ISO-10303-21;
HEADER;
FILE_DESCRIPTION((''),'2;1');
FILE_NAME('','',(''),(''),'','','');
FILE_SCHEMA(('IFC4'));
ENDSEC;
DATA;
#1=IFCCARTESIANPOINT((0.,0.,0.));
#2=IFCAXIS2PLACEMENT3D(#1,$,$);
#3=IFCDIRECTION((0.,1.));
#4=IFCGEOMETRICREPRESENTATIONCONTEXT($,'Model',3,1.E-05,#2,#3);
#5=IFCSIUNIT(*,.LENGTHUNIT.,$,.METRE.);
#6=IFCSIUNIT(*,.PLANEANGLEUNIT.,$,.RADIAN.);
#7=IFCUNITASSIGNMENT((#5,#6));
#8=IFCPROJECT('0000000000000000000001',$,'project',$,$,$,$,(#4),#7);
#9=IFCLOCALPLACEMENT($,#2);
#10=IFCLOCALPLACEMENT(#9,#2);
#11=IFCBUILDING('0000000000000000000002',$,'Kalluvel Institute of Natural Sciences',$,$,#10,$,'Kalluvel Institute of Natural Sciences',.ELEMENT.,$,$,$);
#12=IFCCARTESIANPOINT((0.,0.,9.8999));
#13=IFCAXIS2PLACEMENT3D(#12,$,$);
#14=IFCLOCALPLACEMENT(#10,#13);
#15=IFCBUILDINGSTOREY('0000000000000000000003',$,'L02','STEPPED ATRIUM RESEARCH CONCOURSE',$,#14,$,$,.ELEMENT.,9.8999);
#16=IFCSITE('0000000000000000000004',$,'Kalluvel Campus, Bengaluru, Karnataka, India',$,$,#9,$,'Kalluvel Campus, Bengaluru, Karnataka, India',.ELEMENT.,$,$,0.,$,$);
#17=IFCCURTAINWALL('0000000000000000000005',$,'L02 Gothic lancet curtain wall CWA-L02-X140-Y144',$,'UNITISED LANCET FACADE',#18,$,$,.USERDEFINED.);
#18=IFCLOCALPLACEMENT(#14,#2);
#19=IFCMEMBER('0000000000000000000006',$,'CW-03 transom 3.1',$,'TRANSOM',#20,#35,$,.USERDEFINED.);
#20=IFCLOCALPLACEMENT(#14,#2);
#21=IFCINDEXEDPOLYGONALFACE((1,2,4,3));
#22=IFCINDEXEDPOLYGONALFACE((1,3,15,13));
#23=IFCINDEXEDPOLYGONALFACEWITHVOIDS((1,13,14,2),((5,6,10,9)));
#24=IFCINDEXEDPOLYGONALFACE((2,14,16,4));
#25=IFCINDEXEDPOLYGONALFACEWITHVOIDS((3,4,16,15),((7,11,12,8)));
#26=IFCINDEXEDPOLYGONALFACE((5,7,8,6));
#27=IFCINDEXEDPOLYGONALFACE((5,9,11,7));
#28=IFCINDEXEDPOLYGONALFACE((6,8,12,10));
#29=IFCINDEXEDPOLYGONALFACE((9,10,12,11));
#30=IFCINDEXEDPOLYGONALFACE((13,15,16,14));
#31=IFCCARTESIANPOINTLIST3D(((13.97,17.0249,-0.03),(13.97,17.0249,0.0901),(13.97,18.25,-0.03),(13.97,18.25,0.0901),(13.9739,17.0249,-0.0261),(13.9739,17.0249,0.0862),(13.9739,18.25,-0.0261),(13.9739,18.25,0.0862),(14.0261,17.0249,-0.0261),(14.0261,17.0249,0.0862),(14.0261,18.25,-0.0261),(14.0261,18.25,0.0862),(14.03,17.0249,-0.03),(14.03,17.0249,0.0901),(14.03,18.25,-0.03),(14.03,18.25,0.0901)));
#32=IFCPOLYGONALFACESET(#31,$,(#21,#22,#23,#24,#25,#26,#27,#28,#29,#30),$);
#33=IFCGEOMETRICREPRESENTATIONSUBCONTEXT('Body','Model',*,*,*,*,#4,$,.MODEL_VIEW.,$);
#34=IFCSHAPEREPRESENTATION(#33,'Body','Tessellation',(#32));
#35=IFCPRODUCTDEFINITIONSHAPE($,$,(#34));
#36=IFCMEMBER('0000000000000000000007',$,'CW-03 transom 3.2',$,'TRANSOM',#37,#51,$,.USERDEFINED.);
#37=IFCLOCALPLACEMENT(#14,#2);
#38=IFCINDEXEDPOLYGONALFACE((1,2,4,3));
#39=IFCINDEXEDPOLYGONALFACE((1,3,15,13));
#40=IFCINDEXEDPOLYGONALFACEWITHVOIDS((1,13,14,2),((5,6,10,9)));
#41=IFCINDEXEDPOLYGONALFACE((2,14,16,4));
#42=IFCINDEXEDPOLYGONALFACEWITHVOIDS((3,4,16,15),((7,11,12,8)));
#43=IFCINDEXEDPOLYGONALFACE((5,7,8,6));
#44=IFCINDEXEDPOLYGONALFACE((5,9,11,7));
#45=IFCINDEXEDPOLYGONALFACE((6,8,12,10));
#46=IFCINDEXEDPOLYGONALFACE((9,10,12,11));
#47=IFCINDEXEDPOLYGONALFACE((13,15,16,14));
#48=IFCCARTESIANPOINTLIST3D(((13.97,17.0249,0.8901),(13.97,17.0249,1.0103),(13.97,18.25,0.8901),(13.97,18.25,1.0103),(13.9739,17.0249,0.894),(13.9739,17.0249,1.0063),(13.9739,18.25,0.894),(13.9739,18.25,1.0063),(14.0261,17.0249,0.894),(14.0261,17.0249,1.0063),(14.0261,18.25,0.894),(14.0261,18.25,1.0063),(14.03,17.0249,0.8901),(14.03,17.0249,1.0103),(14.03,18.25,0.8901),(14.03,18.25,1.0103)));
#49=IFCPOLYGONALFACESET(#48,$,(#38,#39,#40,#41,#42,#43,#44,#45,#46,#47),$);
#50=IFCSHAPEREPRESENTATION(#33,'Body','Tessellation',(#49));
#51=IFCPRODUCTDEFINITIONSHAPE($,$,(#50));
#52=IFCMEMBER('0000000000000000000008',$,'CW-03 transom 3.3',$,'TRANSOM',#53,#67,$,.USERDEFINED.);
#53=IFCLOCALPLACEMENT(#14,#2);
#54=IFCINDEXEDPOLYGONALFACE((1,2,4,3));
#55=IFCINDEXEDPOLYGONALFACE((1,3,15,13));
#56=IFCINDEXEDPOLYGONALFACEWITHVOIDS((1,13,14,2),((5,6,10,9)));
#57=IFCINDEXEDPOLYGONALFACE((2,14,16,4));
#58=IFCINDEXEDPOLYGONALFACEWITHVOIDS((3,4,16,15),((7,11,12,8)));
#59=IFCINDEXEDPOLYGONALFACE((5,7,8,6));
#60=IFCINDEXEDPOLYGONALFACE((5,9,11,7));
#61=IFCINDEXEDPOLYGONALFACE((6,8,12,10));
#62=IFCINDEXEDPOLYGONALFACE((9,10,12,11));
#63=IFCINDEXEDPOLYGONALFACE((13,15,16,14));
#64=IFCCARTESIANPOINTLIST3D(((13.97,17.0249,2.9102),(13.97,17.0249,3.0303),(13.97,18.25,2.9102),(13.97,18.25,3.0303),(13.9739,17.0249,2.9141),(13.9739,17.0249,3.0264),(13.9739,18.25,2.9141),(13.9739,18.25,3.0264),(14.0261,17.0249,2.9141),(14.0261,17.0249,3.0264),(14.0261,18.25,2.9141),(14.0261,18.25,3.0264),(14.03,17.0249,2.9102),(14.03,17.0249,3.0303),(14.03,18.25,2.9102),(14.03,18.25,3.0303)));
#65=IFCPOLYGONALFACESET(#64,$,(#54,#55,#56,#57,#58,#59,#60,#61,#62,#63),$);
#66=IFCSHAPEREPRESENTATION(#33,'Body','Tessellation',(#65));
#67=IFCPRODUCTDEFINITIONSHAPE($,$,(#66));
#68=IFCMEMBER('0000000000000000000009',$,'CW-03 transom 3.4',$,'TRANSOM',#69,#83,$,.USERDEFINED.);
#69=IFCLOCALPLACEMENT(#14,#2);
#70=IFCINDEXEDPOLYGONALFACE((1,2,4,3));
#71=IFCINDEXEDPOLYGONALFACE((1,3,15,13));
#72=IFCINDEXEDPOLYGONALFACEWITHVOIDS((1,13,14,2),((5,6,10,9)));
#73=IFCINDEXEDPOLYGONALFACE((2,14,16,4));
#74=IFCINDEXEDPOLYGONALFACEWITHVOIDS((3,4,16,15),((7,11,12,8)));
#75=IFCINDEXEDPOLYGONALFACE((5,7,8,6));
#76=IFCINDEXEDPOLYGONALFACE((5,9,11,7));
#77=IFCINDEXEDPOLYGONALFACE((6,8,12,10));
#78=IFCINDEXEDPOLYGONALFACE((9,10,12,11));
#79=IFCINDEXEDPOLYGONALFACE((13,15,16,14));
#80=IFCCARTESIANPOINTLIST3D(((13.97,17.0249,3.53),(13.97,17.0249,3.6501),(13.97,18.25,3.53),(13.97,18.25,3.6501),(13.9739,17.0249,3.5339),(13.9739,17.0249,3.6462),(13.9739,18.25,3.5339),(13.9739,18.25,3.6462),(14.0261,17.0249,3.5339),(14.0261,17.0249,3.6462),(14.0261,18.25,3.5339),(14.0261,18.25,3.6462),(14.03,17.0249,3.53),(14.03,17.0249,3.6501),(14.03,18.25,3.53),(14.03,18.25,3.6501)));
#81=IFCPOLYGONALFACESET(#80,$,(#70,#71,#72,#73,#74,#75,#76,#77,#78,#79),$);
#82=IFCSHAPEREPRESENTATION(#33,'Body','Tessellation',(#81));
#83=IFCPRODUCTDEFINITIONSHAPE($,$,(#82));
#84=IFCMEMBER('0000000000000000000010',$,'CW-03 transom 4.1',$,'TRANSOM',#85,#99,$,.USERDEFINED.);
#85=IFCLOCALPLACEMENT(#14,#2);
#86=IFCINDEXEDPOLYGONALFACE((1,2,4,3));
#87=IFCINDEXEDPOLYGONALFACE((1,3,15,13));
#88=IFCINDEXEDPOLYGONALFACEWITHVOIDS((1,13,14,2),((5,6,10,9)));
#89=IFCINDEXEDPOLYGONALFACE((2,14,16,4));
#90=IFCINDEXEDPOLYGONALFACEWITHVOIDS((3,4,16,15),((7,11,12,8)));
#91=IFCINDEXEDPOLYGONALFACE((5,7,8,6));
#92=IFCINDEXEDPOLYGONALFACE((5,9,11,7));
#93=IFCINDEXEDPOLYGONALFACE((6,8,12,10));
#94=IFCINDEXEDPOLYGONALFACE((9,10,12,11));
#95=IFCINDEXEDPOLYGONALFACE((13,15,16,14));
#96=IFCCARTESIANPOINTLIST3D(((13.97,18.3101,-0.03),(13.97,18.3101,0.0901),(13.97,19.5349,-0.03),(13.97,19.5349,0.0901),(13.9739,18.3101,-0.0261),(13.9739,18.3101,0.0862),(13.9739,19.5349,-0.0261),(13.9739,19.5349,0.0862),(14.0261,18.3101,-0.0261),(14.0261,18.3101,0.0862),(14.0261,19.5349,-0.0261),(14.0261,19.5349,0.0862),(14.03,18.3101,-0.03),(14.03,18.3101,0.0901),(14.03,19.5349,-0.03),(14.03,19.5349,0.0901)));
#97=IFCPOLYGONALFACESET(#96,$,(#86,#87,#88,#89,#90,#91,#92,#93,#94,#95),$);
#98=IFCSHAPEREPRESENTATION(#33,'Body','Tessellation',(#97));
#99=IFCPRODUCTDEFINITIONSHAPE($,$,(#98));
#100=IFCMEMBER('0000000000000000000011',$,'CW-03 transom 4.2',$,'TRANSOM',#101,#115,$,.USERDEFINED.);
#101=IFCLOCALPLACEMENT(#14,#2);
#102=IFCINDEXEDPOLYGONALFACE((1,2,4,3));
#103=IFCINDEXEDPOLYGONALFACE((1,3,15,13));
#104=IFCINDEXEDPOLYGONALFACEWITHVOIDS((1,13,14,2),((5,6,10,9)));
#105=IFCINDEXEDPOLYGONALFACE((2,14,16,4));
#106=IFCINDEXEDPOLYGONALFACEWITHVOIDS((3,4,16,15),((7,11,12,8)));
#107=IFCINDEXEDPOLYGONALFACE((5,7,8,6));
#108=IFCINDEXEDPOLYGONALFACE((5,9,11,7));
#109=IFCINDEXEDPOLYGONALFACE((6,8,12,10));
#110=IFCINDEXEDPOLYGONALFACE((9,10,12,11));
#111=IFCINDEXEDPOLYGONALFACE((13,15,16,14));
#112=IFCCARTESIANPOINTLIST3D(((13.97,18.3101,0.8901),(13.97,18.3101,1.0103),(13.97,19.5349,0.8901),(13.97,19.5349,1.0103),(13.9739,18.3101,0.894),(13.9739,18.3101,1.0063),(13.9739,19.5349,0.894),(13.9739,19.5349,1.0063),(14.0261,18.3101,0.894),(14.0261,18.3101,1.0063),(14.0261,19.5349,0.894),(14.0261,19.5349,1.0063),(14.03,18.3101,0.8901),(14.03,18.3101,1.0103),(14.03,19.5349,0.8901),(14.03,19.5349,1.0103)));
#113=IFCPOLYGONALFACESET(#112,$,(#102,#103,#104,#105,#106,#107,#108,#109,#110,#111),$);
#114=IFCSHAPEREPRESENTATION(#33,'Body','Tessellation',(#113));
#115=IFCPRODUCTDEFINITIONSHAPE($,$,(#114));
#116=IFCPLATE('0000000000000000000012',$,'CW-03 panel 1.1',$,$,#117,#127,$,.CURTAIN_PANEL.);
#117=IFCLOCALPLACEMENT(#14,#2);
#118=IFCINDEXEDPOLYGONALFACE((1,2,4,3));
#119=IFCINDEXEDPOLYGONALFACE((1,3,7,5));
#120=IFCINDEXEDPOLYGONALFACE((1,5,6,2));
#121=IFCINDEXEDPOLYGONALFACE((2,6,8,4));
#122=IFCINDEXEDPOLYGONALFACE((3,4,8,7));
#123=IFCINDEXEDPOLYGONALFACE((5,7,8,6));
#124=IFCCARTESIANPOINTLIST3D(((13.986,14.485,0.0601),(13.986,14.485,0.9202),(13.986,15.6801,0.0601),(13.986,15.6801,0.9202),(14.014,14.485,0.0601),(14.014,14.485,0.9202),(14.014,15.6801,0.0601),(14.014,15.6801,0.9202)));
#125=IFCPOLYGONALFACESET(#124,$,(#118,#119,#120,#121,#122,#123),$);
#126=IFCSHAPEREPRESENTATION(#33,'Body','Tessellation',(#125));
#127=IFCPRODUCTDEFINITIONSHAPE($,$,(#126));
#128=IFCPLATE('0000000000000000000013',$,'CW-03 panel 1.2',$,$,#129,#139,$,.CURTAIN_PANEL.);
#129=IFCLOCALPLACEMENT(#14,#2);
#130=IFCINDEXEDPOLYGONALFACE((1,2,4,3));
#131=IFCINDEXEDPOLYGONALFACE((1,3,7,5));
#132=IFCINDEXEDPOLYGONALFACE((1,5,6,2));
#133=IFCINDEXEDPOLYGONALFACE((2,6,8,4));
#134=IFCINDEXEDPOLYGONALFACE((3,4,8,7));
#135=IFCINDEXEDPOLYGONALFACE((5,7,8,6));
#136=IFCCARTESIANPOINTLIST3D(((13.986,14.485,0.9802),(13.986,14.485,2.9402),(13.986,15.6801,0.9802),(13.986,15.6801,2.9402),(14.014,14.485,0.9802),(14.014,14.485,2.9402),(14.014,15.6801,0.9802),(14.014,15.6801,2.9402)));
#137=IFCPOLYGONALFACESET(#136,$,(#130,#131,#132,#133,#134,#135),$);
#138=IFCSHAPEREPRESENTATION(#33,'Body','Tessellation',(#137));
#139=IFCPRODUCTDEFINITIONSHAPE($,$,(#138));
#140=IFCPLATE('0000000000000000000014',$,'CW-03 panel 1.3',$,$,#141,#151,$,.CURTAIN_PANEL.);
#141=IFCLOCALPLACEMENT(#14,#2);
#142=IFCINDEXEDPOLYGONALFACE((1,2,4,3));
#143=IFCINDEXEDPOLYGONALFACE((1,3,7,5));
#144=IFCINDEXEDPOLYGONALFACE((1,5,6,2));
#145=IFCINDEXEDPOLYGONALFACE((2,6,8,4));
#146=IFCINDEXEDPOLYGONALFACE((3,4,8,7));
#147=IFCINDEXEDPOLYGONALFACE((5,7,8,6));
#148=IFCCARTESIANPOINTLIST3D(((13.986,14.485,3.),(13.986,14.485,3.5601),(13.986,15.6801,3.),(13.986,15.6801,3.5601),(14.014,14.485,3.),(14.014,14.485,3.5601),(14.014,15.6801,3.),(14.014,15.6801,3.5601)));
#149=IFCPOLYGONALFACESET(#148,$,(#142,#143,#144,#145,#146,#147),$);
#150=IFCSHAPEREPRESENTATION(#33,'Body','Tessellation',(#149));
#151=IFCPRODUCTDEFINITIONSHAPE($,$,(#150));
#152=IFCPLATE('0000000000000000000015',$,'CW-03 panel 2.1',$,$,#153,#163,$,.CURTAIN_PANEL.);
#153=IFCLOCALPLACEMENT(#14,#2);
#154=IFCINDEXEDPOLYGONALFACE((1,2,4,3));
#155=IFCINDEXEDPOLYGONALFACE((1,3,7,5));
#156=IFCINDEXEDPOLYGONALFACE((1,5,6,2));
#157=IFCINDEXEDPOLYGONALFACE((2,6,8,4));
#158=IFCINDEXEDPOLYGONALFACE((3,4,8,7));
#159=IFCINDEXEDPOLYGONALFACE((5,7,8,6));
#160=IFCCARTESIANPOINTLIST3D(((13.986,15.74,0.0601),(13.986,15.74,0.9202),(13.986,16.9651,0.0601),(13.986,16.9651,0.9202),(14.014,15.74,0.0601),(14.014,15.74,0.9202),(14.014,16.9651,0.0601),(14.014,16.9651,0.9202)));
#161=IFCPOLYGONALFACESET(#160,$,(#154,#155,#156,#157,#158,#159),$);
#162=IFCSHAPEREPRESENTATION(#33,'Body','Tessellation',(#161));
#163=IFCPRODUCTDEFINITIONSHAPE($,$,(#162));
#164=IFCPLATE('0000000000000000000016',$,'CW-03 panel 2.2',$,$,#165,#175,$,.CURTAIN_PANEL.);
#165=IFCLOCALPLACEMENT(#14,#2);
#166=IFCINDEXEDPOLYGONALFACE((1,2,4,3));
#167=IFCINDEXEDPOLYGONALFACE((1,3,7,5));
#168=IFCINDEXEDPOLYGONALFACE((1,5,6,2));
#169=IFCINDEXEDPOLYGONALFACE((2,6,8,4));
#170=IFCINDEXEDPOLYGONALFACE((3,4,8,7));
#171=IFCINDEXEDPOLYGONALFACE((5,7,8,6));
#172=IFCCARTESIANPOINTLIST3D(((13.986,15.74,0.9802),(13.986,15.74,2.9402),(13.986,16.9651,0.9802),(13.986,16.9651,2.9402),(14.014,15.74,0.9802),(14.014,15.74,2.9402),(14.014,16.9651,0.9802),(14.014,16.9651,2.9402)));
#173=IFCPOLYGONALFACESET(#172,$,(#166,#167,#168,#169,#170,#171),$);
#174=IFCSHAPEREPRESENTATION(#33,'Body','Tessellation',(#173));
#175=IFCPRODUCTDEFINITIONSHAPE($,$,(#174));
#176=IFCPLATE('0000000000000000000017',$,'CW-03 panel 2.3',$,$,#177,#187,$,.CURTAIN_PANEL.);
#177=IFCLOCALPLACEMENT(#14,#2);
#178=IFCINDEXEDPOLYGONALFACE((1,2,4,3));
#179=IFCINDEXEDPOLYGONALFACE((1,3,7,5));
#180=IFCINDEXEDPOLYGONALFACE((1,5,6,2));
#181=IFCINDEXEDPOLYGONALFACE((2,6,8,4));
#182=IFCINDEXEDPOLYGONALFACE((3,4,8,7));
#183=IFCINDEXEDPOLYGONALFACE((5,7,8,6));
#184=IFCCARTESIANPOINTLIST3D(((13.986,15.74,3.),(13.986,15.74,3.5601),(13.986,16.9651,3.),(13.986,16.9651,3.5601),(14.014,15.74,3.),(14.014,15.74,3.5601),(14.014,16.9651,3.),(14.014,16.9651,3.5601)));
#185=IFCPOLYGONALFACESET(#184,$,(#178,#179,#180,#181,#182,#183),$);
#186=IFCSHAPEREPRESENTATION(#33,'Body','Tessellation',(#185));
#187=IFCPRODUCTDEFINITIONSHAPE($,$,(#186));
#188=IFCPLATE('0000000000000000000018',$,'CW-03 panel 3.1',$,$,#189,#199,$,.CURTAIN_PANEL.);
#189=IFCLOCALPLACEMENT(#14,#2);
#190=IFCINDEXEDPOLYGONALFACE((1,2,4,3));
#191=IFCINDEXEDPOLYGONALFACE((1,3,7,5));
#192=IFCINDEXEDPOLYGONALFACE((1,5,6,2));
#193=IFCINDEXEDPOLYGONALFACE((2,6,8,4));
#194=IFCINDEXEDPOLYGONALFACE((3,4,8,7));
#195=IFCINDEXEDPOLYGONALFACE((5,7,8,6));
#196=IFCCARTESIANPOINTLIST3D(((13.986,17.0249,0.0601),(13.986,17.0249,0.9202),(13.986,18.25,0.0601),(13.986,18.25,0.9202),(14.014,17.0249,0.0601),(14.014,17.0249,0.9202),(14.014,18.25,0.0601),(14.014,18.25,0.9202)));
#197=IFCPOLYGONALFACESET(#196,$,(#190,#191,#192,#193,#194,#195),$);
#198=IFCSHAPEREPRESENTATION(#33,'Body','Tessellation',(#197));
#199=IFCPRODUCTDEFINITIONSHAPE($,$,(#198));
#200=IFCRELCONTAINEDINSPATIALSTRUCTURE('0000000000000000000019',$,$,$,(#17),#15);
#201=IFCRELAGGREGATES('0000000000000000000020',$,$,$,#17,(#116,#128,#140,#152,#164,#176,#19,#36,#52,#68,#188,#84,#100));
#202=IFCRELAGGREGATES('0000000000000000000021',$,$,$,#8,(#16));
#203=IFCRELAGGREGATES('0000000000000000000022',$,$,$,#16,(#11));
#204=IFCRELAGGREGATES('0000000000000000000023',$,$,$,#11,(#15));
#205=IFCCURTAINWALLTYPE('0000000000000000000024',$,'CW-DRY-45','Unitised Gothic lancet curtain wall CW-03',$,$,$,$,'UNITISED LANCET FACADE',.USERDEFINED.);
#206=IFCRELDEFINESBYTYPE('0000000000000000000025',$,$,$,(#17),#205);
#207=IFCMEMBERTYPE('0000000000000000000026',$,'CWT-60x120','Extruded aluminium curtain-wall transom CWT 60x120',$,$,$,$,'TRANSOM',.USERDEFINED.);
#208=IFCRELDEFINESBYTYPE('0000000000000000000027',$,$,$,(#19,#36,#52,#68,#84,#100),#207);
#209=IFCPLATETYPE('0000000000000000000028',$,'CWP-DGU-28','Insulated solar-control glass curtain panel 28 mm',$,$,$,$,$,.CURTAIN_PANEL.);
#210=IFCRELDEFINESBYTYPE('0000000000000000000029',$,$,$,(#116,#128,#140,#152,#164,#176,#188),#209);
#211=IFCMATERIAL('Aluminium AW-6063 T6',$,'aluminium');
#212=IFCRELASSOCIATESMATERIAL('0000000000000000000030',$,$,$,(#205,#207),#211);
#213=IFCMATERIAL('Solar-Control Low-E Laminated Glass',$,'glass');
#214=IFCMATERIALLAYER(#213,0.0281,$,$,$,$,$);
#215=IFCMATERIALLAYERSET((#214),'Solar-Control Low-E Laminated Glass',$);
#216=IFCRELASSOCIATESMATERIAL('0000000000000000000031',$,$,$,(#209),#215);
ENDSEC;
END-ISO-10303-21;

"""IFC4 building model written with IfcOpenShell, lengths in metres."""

from ifc_helpers import new_model, si_unit, direction, frame, origin, origin_2d, place, context, subcontext, project, spatial, rectangle, hollow_rectangle, extrude, material, layer, layer_set, material_profile, profile_set, type_object, element, aggregate, save


model = new_model("IFC4")

# Units and contexts
model_context = context("Model", 3, precision=1e-05, world=origin(), true_north=direction((0.0, 1.0)))
body_context = subcontext(model_context, "Body", "Model", "MODEL_VIEW")
ifc_project = project(units=[si_unit("LENGTHUNIT", "METRE"), si_unit("PLANEANGLEUNIT", "RADIAN")], contexts=[model_context])

# Site, building, storey
site_placement = place(None, origin())
site = spatial("IfcSite", under=ifc_project, at=site_placement, Name="Kalluvel Campus, Bengaluru, Karnataka, India", LongName="Kalluvel Campus, Bengaluru, Karnataka, India", CompositionType="ELEMENT", RefElevation=0.0)
building_placement = place(site_placement, origin())
building = spatial("IfcBuilding", under=site, at=building_placement, Name="Kalluvel Institute of Natural Sciences", LongName="Kalluvel Institute of Natural Sciences", CompositionType="ELEMENT")
storey_placement = place(building_placement, frame((0.0, 0.0, 9.8999)))
storey = spatial("IfcBuildingStorey", under=building, at=storey_placement, Name="L02", Description="STEPPED ATRIUM RESEARCH CONCOURSE", CompositionType="ELEMENT", Elevation=9.8999)

# Curtain wall, members, plates
ifc_material_1 = material(Name="Aluminium AW-6063 T6", Category="aluminium")
curtain_wall_type = type_object("IfcCurtainWallType", Name="CW-DRY-45", Description="Unitised Gothic lancet curtain wall CW-03", ElementType="UNITISED LANCET FACADE", PredefinedType="USERDEFINED", material=ifc_material_1)
curtain_wall_placement = place(storey_placement, origin())
curtain_wall = element("IfcCurtainWall", 1, at=curtain_wall_placement, inside=storey, type_object=curtain_wall_type, Name="L02 Gothic lancet curtain wall CWA-L02-X140-Y144", ObjectType="UNITISED LANCET FACADE", PredefinedType="USERDEFINED")
ifc_material_profile_1 = material_profile(ifc_material_1, hollow_rectangle(XDim=0.0601, YDim=0.1201, WallThickness=0.0039, at=origin_2d()), Name="CWT 60x120")
ifc_profile_set_1 = profile_set([ifc_material_profile_1], Name="Aluminium AW-6063 T6")
member_type_1 = type_object("IfcMemberType", Name="CWT-60x120", Description="Extruded aluminium curtain-wall transom CWT 60x120", ElementType="TRANSOM", PredefinedType="USERDEFINED", material=ifc_profile_set_1)
member_1_placement = place(storey_placement, frame((14.0, 17.0249, 0.03), z_axis=(0.0, 1.0, 0.0), x_axis=(-1.0, 0.0, 0.0)))
member_1 = element("IfcMember", 2, at=member_1_placement, type_object=member_type_1, Name="CW-03 transom 3.1", ObjectType="TRANSOM", PredefinedType="USERDEFINED", context=body_context, shape_type="SweptSolid", body=[
    extrude(hollow_rectangle(XDim=0.0601, YDim=0.1201, WallThickness=0.0039, at=origin_2d()), origin(), (0.0, 0.0, 1.0), 1.2251),
])
member_2_placement = place(storey_placement, frame((14.0, 17.0249, 0.9502), z_axis=(0.0, 1.0, 0.0), x_axis=(-1.0, 0.0, 0.0)))
member_2 = element("IfcMember", 3, at=member_2_placement, type_object=member_type_1, Name="CW-03 transom 3.2", ObjectType="TRANSOM", PredefinedType="USERDEFINED", context=body_context, shape_type="SweptSolid", body=[
    extrude(hollow_rectangle(XDim=0.0601, YDim=0.1201, WallThickness=0.0039, at=origin_2d()), origin(), (0.0, 0.0, 1.0), 1.2251),
])
member_3_placement = place(storey_placement, frame((14.0, 17.0249, 2.9702), z_axis=(0.0, 1.0, 0.0), x_axis=(-1.0, 0.0, 0.0)))
member_3 = element("IfcMember", 4, at=member_3_placement, type_object=member_type_1, Name="CW-03 transom 3.3", ObjectType="TRANSOM", PredefinedType="USERDEFINED", context=body_context, shape_type="SweptSolid", body=[
    extrude(hollow_rectangle(XDim=0.0601, YDim=0.1201, WallThickness=0.0039, at=origin_2d()), origin(), (0.0, 0.0, 1.0), 1.2251),
])
member_4_placement = place(storey_placement, frame((14.0, 17.0249, 3.5901), z_axis=(0.0, 1.0, 0.0), x_axis=(-1.0, 0.0, 0.0)))
member_4 = element("IfcMember", 5, at=member_4_placement, type_object=member_type_1, Name="CW-03 transom 3.4", ObjectType="TRANSOM", PredefinedType="USERDEFINED", context=body_context, shape_type="SweptSolid", body=[
    extrude(hollow_rectangle(XDim=0.0601, YDim=0.1201, WallThickness=0.0039, at=origin_2d()), origin(), (0.0, 0.0, 1.0), 1.2251),
])
member_5_placement = place(storey_placement, frame((14.0, 18.3101, 0.03), z_axis=(0.0, 1.0, 0.0), x_axis=(-1.0, 0.0, 0.0)))
member_5 = element("IfcMember", 6, at=member_5_placement, type_object=member_type_1, Name="CW-03 transom 4.1", ObjectType="TRANSOM", PredefinedType="USERDEFINED", context=body_context, shape_type="SweptSolid", body=[
    extrude(hollow_rectangle(XDim=0.0601, YDim=0.1201, WallThickness=0.0039, at=origin_2d()), origin(), (0.0, 0.0, 1.0), 1.2249),
])
member_6_placement = place(storey_placement, frame((14.0, 18.3101, 0.9502), z_axis=(0.0, 1.0, 0.0), x_axis=(-1.0, 0.0, 0.0)))
member_6 = element("IfcMember", 7, at=member_6_placement, type_object=member_type_1, Name="CW-03 transom 4.2", ObjectType="TRANSOM", PredefinedType="USERDEFINED", context=body_context, shape_type="SweptSolid", body=[
    extrude(hollow_rectangle(XDim=0.0601, YDim=0.1201, WallThickness=0.0039, at=origin_2d()), origin(), (0.0, 0.0, 1.0), 1.2249),
])
ifc_material_2 = material(Name="Solar-Control Low-E Laminated Glass", Category="glass")
ifc_layer_1 = layer(ifc_material_2, 0.0281)
ifc_layer_set_1 = layer_set([ifc_layer_1], Name="Solar-Control Low-E Laminated Glass")
plate_type = type_object("IfcPlateType", Name="CWP-DGU-28", Description="Insulated solar-control glass curtain panel 28 mm", PredefinedType="CURTAIN_PANEL", material=ifc_layer_set_1)
plate_1_placement = place(storey_placement, frame((14.0, 15.0825, 0.0601), z_axis=(0.0, 0.0, 1.0), x_axis=(0.0, 1.0, 0.0)))
plate_1 = element("IfcPlate", 8, at=plate_1_placement, type_object=plate_type, Name="CW-03 panel 1.1", PredefinedType="CURTAIN_PANEL", context=body_context, shape_type="SweptSolid", body=[
    extrude(rectangle(XDim=1.1951, YDim=0.0281, at=origin_2d()), origin(), (0.0, 0.0, 1.0), 0.8601),
])
plate_2_placement = place(storey_placement, frame((14.0, 15.0825, 0.9802), z_axis=(0.0, 0.0, 1.0), x_axis=(0.0, 1.0, 0.0)))
plate_2 = element("IfcPlate", 9, at=plate_2_placement, type_object=plate_type, Name="CW-03 panel 1.2", PredefinedType="CURTAIN_PANEL", context=body_context, shape_type="SweptSolid", body=[
    extrude(rectangle(XDim=1.1951, YDim=0.0281, at=origin_2d()), origin(), (0.0, 0.0, 1.0), 1.96),
])
plate_3_placement = place(storey_placement, frame((14.0, 15.0825, 3.0), z_axis=(0.0, 0.0, 1.0), x_axis=(0.0, 1.0, 0.0)))
plate_3 = element("IfcPlate", 10, at=plate_3_placement, type_object=plate_type, Name="CW-03 panel 1.3", PredefinedType="CURTAIN_PANEL", context=body_context, shape_type="SweptSolid", body=[
    extrude(rectangle(XDim=1.1951, YDim=0.0281, at=origin_2d()), origin(), (0.0, 0.0, 1.0), 0.5601),
])
plate_4_placement = place(storey_placement, frame((14.0, 16.3525, 0.0601), z_axis=(0.0, 0.0, 1.0), x_axis=(0.0, 1.0, 0.0)))
plate_4 = element("IfcPlate", 11, at=plate_4_placement, type_object=plate_type, Name="CW-03 panel 2.1", PredefinedType="CURTAIN_PANEL", context=body_context, shape_type="SweptSolid", body=[
    extrude(rectangle(XDim=1.2251, YDim=0.0281, at=origin_2d()), origin(), (0.0, 0.0, 1.0), 0.8601),
])
plate_5_placement = place(storey_placement, frame((14.0, 16.3525, 0.9802), z_axis=(0.0, 0.0, 1.0), x_axis=(0.0, 1.0, 0.0)))
plate_5 = element("IfcPlate", 12, at=plate_5_placement, type_object=plate_type, Name="CW-03 panel 2.2", PredefinedType="CURTAIN_PANEL", context=body_context, shape_type="SweptSolid", body=[
    extrude(rectangle(XDim=1.2251, YDim=0.0281, at=origin_2d()), origin(), (0.0, 0.0, 1.0), 1.96),
])
plate_6_placement = place(storey_placement, frame((14.0, 16.3525, 3.0), z_axis=(0.0, 0.0, 1.0), x_axis=(0.0, 1.0, 0.0)))
plate_6 = element("IfcPlate", 13, at=plate_6_placement, type_object=plate_type, Name="CW-03 panel 2.3", PredefinedType="CURTAIN_PANEL", context=body_context, shape_type="SweptSolid", body=[
    extrude(rectangle(XDim=1.2251, YDim=0.0281, at=origin_2d()), origin(), (0.0, 0.0, 1.0), 0.5601),
])
plate_7_placement = place(storey_placement, frame((14.0, 17.6375, 0.0601), z_axis=(0.0, 0.0, 1.0), x_axis=(0.0, 1.0, 0.0)))
plate_7 = element("IfcPlate", 14, at=plate_7_placement, type_object=plate_type, Name="CW-03 panel 3.1", PredefinedType="CURTAIN_PANEL", context=body_context, shape_type="SweptSolid", body=[
    extrude(rectangle(XDim=1.2251, YDim=0.0281, at=origin_2d()), origin(), (0.0, 0.0, 1.0), 0.8601),
])
aggregate(curtain_wall, [plate_1, plate_2, plate_3, plate_4, plate_5, plate_6, member_1, member_2, member_3, member_4, plate_7, member_5, member_6])

save(model, "model.ifc")
